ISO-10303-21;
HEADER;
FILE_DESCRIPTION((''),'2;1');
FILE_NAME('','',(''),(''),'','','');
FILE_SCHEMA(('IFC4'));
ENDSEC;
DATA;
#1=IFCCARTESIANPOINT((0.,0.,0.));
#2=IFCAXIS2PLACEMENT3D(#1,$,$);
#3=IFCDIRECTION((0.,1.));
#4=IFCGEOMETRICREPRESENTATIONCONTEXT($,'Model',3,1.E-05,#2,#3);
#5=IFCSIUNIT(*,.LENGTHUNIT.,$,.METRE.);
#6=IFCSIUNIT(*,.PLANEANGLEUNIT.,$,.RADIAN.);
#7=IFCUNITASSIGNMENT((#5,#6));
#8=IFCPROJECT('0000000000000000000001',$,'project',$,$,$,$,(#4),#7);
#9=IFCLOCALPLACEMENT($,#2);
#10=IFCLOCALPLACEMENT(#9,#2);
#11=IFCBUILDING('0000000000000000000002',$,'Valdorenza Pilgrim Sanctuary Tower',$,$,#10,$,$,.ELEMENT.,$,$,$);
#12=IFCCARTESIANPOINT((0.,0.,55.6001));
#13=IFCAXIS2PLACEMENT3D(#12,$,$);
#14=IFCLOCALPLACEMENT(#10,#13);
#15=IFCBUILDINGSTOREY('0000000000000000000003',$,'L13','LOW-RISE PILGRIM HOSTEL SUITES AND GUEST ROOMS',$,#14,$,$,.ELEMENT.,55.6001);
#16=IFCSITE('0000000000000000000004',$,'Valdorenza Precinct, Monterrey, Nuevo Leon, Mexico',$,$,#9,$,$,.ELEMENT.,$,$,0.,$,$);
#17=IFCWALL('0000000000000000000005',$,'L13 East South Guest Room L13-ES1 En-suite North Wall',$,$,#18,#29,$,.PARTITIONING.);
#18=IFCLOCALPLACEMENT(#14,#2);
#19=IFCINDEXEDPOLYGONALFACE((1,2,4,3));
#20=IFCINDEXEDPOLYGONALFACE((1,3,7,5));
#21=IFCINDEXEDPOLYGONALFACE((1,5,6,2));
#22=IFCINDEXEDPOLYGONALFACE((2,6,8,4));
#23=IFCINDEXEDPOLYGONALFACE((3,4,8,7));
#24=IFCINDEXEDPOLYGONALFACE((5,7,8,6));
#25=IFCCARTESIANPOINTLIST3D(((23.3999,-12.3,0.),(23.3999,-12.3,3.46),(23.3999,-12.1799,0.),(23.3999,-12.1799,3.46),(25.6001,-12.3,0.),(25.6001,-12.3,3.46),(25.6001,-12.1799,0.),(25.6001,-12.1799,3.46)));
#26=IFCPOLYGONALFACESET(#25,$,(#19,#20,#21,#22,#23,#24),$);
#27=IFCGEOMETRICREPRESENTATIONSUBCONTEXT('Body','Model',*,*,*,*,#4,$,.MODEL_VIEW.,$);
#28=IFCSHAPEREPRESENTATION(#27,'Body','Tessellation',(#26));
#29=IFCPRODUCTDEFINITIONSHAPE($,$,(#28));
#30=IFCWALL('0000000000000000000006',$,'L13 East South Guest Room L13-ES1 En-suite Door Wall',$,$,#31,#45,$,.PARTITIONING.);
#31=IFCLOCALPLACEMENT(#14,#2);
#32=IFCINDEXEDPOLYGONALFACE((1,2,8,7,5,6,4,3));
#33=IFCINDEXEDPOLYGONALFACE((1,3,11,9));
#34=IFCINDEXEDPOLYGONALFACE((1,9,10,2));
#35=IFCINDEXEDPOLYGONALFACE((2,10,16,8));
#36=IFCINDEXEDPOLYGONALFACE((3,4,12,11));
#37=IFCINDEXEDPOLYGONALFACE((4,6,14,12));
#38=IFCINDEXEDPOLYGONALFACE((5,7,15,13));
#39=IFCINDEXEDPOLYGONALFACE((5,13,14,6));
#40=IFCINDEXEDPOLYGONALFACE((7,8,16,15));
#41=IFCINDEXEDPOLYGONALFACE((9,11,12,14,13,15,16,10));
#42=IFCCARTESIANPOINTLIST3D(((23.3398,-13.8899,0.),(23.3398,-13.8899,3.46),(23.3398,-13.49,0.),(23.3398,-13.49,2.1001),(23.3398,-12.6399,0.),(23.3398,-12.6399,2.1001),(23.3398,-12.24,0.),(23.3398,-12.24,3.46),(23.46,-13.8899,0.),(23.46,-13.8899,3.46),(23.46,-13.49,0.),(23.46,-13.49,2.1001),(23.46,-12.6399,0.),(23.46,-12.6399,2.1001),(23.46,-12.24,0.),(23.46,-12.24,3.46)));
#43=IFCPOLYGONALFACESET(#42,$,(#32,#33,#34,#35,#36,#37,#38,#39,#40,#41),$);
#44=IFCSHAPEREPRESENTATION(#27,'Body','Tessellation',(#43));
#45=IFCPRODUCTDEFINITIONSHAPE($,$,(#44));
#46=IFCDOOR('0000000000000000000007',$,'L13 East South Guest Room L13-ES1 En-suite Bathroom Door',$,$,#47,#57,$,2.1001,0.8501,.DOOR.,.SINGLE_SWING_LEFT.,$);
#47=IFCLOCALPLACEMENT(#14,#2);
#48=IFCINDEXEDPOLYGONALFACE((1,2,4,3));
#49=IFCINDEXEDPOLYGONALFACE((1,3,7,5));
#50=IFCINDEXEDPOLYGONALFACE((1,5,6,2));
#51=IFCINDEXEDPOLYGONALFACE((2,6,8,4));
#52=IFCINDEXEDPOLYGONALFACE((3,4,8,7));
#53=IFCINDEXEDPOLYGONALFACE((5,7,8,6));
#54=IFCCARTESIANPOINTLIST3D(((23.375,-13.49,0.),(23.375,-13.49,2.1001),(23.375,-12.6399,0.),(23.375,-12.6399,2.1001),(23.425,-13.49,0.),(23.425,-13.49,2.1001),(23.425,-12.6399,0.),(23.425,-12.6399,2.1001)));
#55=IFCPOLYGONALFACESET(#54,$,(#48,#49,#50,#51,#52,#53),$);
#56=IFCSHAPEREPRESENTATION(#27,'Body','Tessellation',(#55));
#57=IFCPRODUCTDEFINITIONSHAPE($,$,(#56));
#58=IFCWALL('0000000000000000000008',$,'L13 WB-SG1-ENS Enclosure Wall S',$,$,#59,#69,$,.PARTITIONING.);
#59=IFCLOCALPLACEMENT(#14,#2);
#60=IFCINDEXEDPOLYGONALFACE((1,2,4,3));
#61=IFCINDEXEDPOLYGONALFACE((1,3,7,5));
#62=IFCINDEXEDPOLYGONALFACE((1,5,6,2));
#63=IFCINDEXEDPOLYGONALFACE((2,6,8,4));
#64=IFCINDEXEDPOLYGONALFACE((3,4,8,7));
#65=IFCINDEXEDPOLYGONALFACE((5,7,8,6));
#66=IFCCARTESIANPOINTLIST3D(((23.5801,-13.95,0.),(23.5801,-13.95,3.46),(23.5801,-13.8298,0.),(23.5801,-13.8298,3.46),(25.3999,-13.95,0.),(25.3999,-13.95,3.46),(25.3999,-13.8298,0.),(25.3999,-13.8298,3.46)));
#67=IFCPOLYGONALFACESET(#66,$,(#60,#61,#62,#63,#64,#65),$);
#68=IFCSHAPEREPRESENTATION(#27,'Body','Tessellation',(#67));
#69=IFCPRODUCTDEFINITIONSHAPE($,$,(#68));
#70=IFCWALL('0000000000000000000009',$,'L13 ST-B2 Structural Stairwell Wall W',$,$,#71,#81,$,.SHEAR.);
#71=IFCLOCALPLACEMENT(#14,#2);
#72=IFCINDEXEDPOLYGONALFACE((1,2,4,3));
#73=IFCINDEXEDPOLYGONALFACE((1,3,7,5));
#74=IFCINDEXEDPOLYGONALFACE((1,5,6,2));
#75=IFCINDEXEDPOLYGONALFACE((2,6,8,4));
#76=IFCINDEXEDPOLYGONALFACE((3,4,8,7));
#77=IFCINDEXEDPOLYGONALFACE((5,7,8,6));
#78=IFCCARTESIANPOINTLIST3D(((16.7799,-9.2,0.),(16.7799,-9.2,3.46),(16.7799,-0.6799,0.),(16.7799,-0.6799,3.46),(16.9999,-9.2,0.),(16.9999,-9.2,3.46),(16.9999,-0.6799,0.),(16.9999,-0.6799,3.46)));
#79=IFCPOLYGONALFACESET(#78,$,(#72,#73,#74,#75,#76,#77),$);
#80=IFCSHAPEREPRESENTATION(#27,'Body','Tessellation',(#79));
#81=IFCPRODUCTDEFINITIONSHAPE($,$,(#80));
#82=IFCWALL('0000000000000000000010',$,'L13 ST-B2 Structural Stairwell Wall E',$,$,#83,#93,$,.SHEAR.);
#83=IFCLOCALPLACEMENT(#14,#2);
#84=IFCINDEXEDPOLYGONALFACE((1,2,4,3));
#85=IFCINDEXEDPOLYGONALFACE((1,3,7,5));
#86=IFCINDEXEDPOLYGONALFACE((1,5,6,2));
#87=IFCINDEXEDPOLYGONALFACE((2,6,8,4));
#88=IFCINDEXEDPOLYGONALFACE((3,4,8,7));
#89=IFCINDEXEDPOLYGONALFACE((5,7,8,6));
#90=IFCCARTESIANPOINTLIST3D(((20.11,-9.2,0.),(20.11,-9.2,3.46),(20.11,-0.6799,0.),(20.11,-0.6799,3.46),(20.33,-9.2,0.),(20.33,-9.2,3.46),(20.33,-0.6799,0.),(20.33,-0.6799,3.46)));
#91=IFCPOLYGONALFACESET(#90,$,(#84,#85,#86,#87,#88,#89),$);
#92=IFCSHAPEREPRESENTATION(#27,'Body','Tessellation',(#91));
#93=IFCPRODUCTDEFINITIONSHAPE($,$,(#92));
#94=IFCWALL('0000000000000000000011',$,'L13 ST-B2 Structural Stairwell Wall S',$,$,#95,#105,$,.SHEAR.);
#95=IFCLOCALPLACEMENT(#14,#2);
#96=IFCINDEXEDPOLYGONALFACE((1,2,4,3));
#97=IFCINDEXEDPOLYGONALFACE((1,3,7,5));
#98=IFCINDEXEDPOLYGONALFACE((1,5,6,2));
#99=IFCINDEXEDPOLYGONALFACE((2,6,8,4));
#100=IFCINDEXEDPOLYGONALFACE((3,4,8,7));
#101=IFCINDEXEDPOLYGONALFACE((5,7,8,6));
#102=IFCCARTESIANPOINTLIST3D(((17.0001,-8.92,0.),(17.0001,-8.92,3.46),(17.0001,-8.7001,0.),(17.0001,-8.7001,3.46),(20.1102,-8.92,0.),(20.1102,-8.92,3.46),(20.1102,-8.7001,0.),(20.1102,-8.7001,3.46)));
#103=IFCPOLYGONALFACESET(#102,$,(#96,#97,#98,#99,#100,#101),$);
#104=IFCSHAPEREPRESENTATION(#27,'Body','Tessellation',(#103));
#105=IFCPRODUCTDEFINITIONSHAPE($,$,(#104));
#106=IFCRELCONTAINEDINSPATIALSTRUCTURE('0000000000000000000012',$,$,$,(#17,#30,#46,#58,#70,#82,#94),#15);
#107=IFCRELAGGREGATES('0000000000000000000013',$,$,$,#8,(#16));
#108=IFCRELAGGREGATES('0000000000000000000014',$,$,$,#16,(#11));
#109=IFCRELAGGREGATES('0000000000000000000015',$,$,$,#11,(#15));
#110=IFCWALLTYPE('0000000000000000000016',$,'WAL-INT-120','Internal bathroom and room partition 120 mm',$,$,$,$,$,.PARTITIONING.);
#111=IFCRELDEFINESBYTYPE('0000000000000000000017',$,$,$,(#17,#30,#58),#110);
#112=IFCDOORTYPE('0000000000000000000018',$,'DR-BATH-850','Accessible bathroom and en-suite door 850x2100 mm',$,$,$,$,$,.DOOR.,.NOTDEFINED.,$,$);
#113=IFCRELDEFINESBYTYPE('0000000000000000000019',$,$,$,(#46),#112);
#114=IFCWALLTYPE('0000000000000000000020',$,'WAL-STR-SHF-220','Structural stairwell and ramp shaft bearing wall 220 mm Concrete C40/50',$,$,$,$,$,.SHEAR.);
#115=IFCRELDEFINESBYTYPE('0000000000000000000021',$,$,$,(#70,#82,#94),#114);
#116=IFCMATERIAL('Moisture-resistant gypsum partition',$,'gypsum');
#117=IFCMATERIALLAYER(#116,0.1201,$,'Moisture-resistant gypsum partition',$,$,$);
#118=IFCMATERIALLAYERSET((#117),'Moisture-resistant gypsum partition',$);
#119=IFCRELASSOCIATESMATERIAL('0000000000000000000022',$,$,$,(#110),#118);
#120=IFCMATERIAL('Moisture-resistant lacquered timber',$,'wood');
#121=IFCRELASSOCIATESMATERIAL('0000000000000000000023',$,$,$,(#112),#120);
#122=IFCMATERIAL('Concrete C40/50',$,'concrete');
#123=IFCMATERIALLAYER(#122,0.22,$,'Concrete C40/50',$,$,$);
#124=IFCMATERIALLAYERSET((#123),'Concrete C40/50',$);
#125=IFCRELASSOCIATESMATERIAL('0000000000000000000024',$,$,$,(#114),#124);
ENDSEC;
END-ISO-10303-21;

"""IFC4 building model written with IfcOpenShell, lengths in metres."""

from ifc_helpers import new_model, si_unit, direction, frame, frame_2d, origin, place, context, subcontext, project, spatial, rectangle, extrude, material, layer, layer_set, type_object, element, fill, save


model = new_model("IFC4")

# Units and contexts
model_context = context("Model", 3, precision=1e-05, world=origin(), true_north=direction((0.0, 1.0)))
body_context = subcontext(model_context, "Body", "Model", "MODEL_VIEW")
ifc_project = project(units=[si_unit("LENGTHUNIT", "METRE"), si_unit("PLANEANGLEUNIT", "RADIAN")], contexts=[model_context])

# Site, building, storey
site_placement = place(None, origin())
site = spatial("IfcSite", under=ifc_project, at=site_placement, Name="Valdorenza Precinct, Monterrey, Nuevo Leon, Mexico", CompositionType="ELEMENT", RefElevation=0.0)
building_placement = place(site_placement, origin())
building = spatial("IfcBuilding", under=site, at=building_placement, Name="Valdorenza Pilgrim Sanctuary Tower", CompositionType="ELEMENT")
storey_placement = place(building_placement, frame((0.0, 0.0, 55.6001)))
storey = spatial("IfcBuildingStorey", under=building, at=storey_placement, Name="L13", Description="LOW-RISE PILGRIM HOSTEL SUITES AND GUEST ROOMS", CompositionType="ELEMENT", Elevation=55.6001)

# Wall
ifc_material_1 = material(Name="Moisture-resistant gypsum partition", Category="gypsum")
ifc_layer_1 = layer(ifc_material_1, 0.1201, Name="Moisture-resistant gypsum partition")
ifc_layer_set_1 = layer_set([ifc_layer_1], Name="Moisture-resistant gypsum partition")
wall_type_1 = type_object("IfcWallType", Name="WAL-INT-120", Description="Internal bathroom and room partition 120 mm", PredefinedType="PARTITIONING", material=ifc_layer_set_1)
wall_1_placement = place(storey_placement, frame((23.3999, -12.24, 0.0), z_axis=(0.0, 0.0, 1.0), x_axis=(1.0, 0.0, 0.0)))
element("IfcWall", 1, at=wall_1_placement, inside=storey, type_object=wall_type_1, Name="L13 East South Guest Room L13-ES1 En-suite North Wall", PredefinedType="PARTITIONING", context=body_context, shape_type="SweptSolid", body=[
    extrude(rectangle(XDim=2.2002, YDim=0.1201, at=frame_2d((1.1001, 0.0))), origin(), (0.0, 0.0, 1.0), 3.46),
])

# Wall, opening, door
wall_2_placement = place(storey_placement, frame((23.3999, -13.8899, 0.0), z_axis=(0.0, 0.0, 1.0), x_axis=(0.0, 1.0, 0.0)))
wall_2 = element("IfcWall", 2, at=wall_2_placement, inside=storey, type_object=wall_type_1, Name="L13 East South Guest Room L13-ES1 En-suite Door Wall", PredefinedType="PARTITIONING", context=body_context, shape_type="SweptSolid", body=[
    extrude(rectangle(XDim=1.6499, YDim=0.1201, at=frame_2d((0.825, 0.0))), origin(), (0.0, 0.0, 1.0), 3.46),
])
opening_placement = place(wall_2_placement, frame((0.3999, 0.0, 0.0)))
opening = element("IfcOpeningElement", 3, at=opening_placement, cuts=wall_2, PredefinedType="OPENING", context=body_context, shape_type="SweptSolid", body=[
    extrude(rectangle(XDim=0.8501, YDim=2.1001, at=frame_2d((0.425, 1.05))), frame((0.0, 0.075, 0.0), z_axis=(0.0, -1.0, 0.0), x_axis=(1.0, 0.0, 0.0)), (0.0, 0.0, 1.0), 0.1499),
])
ifc_material_2 = material(Name="Moisture-resistant lacquered timber", Category="wood")
door_type = type_object("IfcDoorType", Name="DR-BATH-850", Description="Accessible bathroom and en-suite door 850x2100 mm", OperationType="NOTDEFINED", PredefinedType="DOOR", material=ifc_material_2)
door_placement = place(opening_placement, origin())
door = element("IfcDoor", 4, at=door_placement, inside=storey, type_object=door_type, Name="L13 East South Guest Room L13-ES1 En-suite Bathroom Door", OperationType="SINGLE_SWING_LEFT", OverallHeight=2.1001, OverallWidth=0.8501, PredefinedType="DOOR", context=body_context, shape_type="SweptSolid", body=[
    extrude(rectangle(XDim=0.8501, YDim=2.1001, at=frame_2d((0.425, 1.05))), frame((0.0, 0.0249, 0.0), z_axis=(0.0, -1.0, 0.0), x_axis=(1.0, 0.0, 0.0)), (0.0, 0.0, 1.0), 0.05),
])
fill(opening, door)

# Walls
wall_3_placement = place(storey_placement, frame((23.5801, -13.8899, 0.0), z_axis=(0.0, 0.0, 1.0), x_axis=(1.0, 0.0, 0.0)))
element("IfcWall", 5, at=wall_3_placement, inside=storey, type_object=wall_type_1, Name="L13 WB-SG1-ENS Enclosure Wall S", PredefinedType="PARTITIONING", context=body_context, shape_type="SweptSolid", body=[
    extrude(rectangle(XDim=1.8198, YDim=0.1201, at=frame_2d((0.9099, 0.0))), origin(), (0.0, 0.0, 1.0), 3.46),
])
ifc_material_3 = material(Name="Concrete C40/50", Category="concrete")
ifc_layer_2 = layer(ifc_material_3, 0.22, Name="Concrete C40/50")
ifc_layer_set_2 = layer_set([ifc_layer_2], Name="Concrete C40/50")
wall_type_2 = type_object("IfcWallType", Name="WAL-STR-SHF-220", Description="Structural stairwell and ramp shaft bearing wall 220 mm Concrete C40/50", PredefinedType="SHEAR", material=ifc_layer_set_2)
for number, where, z_axis, x_axis, name in (
    (6, (16.8899, -9.2, 0.0), (0.0, 0.0, 1.0), (0.0, 1.0, 0.0), "L13 ST-B2 Structural Stairwell Wall W"),
    (7, (20.22, -9.2, 0.0), (0.0, 0.0, 1.0), (0.0, 1.0, 0.0), "L13 ST-B2 Structural Stairwell Wall E"),
):
    element("IfcWall", number, at=place(storey_placement, frame(where, z_axis=z_axis, x_axis=x_axis)), inside=storey, type_object=wall_type_2, Name=name, PredefinedType="SHEAR", context=body_context, shape_type="SweptSolid", body=[
        extrude(rectangle(XDim=8.52, YDim=0.22, at=frame_2d((4.26, 0.0))), origin(), (0.0, 0.0, 1.0), 3.46),
    ])
wall_4_placement = place(storey_placement, frame((17.0, -8.8101, 0.0), z_axis=(0.0, 0.0, 1.0), x_axis=(1.0, 0.0, 0.0)))
element("IfcWall", 8, at=wall_4_placement, inside=storey, type_object=wall_type_2, Name="L13 ST-B2 Structural Stairwell Wall S", PredefinedType="SHEAR", context=body_context, shape_type="SweptSolid", body=[
    extrude(rectangle(XDim=3.1101, YDim=0.22, at=frame_2d((1.5552, 0.0))), origin(), (0.0, 0.0, 1.0), 3.46),
])

save(model, "model.ifc")
